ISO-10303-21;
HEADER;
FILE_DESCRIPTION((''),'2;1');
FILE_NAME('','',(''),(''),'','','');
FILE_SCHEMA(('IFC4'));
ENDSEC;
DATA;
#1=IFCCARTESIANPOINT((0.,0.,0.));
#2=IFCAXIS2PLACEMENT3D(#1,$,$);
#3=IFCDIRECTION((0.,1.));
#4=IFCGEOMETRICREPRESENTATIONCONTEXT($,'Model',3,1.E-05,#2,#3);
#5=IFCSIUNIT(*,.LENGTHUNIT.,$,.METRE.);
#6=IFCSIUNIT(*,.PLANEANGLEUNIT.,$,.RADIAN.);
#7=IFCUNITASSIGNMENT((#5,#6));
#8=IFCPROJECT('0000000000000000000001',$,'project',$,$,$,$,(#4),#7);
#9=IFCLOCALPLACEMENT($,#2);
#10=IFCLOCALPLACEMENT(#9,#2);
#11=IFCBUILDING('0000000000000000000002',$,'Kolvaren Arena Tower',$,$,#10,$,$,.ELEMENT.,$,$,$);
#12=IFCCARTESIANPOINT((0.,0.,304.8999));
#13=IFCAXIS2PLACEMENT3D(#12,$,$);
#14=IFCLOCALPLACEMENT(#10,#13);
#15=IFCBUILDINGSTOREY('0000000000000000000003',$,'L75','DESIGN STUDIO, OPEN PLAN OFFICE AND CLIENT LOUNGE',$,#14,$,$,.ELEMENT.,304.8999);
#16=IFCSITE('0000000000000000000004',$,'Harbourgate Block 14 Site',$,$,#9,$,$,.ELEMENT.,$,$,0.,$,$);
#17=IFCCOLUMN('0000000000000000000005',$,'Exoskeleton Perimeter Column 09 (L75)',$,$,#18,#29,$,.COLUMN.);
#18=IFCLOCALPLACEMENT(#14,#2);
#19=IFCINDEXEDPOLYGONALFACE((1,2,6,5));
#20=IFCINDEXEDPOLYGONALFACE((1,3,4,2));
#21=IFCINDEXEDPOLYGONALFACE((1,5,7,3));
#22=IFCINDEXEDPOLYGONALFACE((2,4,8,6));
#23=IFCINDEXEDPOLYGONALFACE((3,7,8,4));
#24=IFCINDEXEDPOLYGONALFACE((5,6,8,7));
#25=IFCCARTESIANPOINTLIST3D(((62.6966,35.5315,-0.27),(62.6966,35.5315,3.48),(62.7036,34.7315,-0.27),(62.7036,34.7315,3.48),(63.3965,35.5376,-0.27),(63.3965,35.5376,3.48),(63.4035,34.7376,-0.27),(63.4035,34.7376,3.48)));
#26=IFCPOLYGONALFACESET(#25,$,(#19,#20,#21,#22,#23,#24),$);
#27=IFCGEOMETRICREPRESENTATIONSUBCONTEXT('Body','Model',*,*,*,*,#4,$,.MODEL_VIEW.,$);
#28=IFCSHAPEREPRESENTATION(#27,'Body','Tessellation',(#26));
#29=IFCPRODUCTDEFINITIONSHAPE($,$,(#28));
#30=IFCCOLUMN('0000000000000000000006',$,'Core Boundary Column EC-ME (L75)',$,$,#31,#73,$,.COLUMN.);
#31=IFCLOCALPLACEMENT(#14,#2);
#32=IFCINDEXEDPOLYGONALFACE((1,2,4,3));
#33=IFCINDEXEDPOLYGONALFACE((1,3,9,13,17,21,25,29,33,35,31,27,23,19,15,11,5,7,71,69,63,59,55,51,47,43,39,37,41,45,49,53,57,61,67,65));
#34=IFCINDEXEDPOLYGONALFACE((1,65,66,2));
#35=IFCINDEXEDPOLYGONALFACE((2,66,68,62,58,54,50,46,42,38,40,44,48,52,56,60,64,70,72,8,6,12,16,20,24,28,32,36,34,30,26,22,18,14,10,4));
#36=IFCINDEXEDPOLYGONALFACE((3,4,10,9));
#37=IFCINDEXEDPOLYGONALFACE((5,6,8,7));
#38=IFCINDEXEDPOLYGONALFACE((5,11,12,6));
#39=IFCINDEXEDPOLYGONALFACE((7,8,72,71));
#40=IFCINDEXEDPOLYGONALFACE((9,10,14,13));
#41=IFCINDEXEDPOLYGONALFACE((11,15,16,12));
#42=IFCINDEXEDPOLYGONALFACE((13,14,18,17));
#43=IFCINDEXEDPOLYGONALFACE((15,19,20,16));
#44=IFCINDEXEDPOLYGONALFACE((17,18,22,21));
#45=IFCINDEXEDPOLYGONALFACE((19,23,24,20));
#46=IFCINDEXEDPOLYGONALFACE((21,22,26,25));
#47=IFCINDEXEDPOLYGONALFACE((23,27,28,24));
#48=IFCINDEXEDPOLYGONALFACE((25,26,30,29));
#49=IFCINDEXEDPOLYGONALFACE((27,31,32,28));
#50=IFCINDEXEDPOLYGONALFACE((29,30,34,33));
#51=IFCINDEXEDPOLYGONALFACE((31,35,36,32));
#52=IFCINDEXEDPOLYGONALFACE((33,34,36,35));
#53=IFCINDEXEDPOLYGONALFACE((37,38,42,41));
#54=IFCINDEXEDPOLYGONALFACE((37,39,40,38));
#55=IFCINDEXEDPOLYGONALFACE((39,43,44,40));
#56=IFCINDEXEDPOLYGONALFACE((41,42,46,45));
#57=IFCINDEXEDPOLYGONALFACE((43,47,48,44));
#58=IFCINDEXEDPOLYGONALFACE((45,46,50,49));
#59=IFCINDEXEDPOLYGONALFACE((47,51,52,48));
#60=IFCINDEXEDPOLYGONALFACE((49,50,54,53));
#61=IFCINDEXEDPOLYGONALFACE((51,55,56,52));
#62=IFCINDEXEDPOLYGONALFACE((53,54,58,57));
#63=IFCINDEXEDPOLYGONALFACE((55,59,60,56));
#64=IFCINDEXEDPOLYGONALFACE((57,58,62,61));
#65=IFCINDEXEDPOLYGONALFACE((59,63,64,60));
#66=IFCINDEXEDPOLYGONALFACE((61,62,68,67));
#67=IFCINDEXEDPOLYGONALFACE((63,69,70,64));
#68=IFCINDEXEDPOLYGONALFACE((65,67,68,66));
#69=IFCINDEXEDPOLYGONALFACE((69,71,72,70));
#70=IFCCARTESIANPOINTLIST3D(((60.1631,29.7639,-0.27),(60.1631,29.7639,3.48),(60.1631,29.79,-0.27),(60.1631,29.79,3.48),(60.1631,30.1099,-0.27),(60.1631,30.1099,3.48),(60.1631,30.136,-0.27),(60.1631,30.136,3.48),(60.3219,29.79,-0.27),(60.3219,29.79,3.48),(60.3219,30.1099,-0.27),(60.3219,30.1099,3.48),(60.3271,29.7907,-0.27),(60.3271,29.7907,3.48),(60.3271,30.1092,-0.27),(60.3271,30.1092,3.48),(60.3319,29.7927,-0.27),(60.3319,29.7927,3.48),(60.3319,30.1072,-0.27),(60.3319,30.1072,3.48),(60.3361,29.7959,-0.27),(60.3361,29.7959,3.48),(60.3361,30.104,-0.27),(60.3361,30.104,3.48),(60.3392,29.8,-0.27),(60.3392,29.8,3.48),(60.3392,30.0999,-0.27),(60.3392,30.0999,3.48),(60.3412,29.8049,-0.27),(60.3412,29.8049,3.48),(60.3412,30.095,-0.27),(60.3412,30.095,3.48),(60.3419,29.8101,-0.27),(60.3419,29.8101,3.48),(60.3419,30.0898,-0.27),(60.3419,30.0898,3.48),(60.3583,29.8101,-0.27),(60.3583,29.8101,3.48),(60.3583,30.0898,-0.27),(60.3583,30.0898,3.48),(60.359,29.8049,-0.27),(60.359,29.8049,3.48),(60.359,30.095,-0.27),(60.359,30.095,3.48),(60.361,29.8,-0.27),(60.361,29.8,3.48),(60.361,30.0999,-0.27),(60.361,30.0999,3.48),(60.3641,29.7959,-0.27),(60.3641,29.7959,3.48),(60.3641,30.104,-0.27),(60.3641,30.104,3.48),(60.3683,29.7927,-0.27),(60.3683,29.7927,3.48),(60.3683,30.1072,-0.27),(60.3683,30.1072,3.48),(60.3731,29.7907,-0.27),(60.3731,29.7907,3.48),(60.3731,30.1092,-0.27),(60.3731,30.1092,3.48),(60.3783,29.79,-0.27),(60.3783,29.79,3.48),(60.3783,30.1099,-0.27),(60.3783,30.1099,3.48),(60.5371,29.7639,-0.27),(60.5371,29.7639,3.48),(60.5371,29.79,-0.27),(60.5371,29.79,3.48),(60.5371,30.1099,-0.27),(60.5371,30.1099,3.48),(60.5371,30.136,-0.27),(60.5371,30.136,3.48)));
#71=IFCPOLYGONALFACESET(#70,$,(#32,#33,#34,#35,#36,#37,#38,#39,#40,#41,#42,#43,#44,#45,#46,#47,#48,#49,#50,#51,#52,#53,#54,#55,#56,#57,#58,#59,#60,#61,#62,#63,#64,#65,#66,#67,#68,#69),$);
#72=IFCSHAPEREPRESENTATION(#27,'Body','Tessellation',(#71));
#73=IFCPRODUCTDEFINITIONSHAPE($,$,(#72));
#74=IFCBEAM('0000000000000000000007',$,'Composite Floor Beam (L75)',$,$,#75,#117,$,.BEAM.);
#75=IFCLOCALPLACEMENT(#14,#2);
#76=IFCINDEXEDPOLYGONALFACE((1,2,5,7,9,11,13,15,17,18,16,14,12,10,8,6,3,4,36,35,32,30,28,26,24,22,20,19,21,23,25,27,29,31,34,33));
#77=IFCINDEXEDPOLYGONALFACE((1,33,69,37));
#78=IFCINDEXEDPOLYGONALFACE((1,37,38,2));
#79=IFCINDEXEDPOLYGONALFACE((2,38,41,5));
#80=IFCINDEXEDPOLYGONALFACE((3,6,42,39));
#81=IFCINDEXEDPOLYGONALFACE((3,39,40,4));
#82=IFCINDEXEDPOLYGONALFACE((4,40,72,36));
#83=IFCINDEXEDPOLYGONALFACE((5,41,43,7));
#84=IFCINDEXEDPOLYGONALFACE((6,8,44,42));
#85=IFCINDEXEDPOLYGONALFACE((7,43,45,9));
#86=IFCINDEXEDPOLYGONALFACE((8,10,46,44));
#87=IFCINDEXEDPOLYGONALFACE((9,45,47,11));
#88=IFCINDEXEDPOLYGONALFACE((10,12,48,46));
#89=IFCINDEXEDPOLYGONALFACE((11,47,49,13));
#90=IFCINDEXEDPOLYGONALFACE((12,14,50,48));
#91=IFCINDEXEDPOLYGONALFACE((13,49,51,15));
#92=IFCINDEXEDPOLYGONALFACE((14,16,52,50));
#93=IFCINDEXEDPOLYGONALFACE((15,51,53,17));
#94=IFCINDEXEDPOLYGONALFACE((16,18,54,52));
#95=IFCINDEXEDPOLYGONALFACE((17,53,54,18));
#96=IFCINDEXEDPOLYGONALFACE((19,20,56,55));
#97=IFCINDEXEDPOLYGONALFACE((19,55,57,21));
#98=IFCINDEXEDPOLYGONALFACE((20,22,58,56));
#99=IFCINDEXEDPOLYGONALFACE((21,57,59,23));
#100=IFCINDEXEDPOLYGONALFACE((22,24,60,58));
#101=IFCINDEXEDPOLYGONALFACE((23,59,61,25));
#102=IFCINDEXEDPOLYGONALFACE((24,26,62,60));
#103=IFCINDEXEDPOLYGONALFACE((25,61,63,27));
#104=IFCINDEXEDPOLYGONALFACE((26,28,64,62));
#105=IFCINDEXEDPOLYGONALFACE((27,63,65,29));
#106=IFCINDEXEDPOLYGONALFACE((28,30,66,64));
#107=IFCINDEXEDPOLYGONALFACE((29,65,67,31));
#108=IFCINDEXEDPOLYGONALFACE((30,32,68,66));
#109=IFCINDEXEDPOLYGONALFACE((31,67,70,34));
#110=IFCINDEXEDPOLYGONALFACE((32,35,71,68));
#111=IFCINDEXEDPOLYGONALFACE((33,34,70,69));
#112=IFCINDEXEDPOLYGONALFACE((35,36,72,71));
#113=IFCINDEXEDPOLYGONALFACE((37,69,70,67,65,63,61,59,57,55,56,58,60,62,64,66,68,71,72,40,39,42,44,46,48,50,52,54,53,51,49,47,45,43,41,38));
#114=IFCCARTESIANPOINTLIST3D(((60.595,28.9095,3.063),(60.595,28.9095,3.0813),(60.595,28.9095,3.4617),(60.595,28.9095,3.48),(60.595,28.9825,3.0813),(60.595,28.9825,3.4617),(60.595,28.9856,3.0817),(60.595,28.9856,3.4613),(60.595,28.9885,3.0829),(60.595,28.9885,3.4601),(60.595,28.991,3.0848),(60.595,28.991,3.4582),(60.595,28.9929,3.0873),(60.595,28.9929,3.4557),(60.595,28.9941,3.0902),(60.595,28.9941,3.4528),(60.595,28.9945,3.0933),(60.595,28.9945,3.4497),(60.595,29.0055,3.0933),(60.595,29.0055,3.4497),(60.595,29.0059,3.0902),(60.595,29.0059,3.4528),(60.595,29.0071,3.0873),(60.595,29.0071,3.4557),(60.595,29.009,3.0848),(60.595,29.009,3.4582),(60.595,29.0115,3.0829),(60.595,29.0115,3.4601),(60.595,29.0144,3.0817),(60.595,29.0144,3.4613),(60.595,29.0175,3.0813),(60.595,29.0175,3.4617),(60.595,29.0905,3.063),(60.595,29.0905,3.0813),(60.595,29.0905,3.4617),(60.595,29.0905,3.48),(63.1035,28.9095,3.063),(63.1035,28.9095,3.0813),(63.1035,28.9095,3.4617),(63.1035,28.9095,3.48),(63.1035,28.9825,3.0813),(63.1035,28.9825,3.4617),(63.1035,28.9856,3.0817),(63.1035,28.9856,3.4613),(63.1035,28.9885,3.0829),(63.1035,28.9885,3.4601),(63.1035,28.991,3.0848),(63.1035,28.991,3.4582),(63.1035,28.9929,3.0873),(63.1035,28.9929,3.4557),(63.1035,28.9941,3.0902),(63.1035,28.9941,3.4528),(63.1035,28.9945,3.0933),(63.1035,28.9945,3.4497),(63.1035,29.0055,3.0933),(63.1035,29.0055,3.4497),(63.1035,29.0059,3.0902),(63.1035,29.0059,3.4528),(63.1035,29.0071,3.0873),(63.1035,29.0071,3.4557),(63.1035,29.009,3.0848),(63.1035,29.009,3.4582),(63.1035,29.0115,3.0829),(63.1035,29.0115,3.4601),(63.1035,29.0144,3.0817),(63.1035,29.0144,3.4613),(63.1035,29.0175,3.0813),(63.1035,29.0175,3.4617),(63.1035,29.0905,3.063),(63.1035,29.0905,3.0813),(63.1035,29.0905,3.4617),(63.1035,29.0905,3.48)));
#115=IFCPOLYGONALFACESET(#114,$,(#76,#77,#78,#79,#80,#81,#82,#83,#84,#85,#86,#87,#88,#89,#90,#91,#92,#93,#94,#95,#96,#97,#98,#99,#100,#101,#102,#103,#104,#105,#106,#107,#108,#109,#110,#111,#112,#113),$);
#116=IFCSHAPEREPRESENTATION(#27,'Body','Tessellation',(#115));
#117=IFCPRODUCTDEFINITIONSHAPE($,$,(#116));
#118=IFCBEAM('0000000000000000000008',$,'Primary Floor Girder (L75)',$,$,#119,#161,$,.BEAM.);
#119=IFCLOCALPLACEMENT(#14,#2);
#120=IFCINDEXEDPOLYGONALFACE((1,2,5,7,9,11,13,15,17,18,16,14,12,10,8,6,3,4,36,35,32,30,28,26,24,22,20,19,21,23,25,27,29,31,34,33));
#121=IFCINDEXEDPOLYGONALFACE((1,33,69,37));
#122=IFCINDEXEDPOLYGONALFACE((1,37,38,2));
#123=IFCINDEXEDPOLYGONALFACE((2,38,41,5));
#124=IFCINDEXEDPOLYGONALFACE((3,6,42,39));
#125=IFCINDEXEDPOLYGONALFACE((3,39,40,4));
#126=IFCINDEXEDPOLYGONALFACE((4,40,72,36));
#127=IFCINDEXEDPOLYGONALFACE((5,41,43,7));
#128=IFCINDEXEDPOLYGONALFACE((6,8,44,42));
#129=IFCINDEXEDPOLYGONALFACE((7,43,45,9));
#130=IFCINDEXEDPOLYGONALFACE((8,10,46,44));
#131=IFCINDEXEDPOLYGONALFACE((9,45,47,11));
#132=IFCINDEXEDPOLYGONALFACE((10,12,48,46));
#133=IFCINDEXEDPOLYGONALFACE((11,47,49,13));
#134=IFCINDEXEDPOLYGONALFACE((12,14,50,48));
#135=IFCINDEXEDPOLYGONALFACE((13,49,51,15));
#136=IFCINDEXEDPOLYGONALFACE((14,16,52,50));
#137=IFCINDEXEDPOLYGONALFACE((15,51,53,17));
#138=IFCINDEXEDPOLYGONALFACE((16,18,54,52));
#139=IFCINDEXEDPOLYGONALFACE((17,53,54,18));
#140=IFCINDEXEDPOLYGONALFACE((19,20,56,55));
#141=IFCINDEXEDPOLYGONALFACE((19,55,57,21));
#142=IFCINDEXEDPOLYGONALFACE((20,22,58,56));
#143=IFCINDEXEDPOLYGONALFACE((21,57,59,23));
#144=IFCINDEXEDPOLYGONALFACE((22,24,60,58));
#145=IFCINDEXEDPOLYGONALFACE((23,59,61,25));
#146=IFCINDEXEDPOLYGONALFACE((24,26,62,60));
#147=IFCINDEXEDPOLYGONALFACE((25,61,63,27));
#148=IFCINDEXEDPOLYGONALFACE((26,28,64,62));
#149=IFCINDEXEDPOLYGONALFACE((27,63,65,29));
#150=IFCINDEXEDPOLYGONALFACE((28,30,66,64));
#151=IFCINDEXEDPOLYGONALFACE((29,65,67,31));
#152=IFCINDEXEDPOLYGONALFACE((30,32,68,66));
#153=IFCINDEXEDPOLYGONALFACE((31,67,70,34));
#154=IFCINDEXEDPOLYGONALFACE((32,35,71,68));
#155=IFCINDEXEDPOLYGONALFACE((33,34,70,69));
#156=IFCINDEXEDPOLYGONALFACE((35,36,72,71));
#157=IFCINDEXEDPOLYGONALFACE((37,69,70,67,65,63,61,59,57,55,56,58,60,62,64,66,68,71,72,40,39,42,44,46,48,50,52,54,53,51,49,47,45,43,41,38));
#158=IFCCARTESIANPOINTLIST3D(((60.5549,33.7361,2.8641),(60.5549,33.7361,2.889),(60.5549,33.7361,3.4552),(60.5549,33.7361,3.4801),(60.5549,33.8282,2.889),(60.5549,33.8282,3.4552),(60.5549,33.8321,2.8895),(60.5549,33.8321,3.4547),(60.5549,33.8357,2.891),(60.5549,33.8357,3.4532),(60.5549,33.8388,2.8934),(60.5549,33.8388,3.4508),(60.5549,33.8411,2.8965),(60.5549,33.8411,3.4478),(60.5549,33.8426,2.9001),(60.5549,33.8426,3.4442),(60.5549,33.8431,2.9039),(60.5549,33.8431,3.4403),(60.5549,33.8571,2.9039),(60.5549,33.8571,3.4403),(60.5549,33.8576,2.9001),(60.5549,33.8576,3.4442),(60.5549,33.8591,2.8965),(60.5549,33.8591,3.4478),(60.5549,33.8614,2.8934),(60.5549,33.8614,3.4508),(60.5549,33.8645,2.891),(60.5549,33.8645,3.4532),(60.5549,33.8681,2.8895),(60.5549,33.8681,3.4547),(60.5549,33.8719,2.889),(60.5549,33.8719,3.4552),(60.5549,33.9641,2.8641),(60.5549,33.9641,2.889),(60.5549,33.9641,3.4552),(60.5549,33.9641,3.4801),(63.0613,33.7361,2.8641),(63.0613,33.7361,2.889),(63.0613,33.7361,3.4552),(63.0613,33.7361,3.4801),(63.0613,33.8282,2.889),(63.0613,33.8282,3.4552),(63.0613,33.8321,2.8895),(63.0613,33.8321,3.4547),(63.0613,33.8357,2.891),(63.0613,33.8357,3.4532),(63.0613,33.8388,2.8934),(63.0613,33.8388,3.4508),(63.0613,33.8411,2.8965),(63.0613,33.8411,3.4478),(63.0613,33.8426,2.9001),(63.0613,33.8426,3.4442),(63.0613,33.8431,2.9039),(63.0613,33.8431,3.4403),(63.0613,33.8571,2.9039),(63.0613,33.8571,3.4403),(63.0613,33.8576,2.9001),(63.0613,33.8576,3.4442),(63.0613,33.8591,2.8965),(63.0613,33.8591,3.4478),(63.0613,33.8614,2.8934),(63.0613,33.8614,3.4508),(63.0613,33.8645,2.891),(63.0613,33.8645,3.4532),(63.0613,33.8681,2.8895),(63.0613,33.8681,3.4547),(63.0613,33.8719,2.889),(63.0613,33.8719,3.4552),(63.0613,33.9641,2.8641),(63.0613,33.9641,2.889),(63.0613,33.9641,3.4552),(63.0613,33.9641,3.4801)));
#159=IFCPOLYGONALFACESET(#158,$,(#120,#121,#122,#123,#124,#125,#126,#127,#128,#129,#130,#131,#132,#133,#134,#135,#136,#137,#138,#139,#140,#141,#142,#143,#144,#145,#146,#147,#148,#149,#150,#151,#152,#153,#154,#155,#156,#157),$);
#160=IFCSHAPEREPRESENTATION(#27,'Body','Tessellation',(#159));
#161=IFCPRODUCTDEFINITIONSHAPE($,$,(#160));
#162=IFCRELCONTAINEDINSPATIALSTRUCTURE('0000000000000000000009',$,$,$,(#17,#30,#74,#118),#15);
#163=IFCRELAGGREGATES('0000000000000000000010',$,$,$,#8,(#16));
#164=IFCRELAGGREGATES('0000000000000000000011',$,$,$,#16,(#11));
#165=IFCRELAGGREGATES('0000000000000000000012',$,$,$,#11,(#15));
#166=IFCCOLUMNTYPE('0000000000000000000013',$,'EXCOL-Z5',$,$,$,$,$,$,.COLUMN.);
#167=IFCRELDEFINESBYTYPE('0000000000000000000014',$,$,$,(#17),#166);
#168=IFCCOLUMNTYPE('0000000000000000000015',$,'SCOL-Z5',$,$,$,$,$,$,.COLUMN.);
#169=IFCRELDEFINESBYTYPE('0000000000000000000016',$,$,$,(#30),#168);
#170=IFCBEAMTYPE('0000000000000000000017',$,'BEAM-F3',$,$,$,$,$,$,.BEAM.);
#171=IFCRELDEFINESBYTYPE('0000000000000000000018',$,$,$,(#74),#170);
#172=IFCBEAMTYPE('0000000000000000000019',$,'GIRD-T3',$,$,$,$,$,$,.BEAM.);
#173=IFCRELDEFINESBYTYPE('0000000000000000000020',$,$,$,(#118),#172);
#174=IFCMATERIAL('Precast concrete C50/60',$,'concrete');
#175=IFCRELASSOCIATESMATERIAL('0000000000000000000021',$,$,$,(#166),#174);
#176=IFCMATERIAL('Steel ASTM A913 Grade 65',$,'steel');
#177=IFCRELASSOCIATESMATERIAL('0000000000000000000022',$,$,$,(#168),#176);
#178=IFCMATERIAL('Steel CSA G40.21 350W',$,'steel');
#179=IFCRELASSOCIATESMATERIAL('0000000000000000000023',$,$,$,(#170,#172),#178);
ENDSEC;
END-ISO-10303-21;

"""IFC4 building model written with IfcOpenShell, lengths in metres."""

from ifc_helpers import new_model, si_unit, direction, frame, origin, origin_2d, place, context, subcontext, project, spatial, rectangle, i_section, extrude, material, material_profile, profile_set, type_object, element, save


model = new_model("IFC4")

# Units and contexts
model_context = context("Model", 3, precision=1e-05, world=origin(), true_north=direction((0.0, 1.0)))
body_context = subcontext(model_context, "Body", "Model", "MODEL_VIEW")
ifc_project = project(units=[si_unit("LENGTHUNIT", "METRE"), si_unit("PLANEANGLEUNIT", "RADIAN")], contexts=[model_context])

# Site, building, storey
site_placement = place(None, origin())
site = spatial("IfcSite", under=ifc_project, at=site_placement, Name="Harbourgate Block 14 Site", CompositionType="ELEMENT", RefElevation=0.0)
building_placement = place(site_placement, origin())
building = spatial("IfcBuilding", under=site, at=building_placement, Name="Kolvaren Arena Tower", CompositionType="ELEMENT")
storey_placement = place(building_placement, frame((0.0, 0.0, 304.8999)))
storey = spatial("IfcBuildingStorey", under=building, at=storey_placement, Name="L75", Description="DESIGN STUDIO, OPEN PLAN OFFICE AND CLIENT LOUNGE", CompositionType="ELEMENT", Elevation=304.8999)

# Columns
ifc_material_1 = material(Name="Precast concrete C50/60", Category="concrete")
ifc_material_profile_1 = material_profile(ifc_material_1, rectangle(XDim=0.8, YDim=0.7, at=origin_2d()), Name="RC-800x700")
ifc_profile_set_1 = profile_set([ifc_material_profile_1], Name="Precast concrete C50/60")
column_type_1 = type_object("IfcColumnType", Name="EXCOL-Z5", PredefinedType="COLUMN", material=ifc_profile_set_1)
column_1_placement = place(storey_placement, frame((63.05, 35.1345, -0.27), z_axis=(0.0, 0.0, 1.0), x_axis=(-0.008727, 0.999962, 0.0)))
element("IfcColumn", 1, at=column_1_placement, inside=storey, type_object=column_type_1, Name="Exoskeleton Perimeter Column 09 (L75)", PredefinedType="COLUMN", context=body_context, shape_type="SweptSolid", body=[
    extrude(rectangle(XDim=0.8, YDim=0.7, at=origin_2d()), origin(), (0.0, 0.0, 1.0), 3.75),
])
ifc_material_2 = material(Name="Steel ASTM A913 Grade 65", Category="steel")
ifc_material_profile_2 = material_profile(ifc_material_2, i_section(OverallWidth=0.374, OverallDepth=0.3721, WebThickness=0.0164, FlangeThickness=0.0261, FilletRadius=0.02, at=origin_2d()), Name="W360x196")
ifc_profile_set_2 = profile_set([ifc_material_profile_2], Name="Steel ASTM A913 Grade 65")
column_type_2 = type_object("IfcColumnType", Name="SCOL-Z5", PredefinedType="COLUMN", material=ifc_profile_set_2)
column_2_placement = place(storey_placement, frame((60.3501, 29.95, -0.27), z_axis=(0.0, 0.0, 1.0), x_axis=(1.0, 0.0, 0.0)))
element("IfcColumn", 2, at=column_2_placement, inside=storey, type_object=column_type_2, Name="Core Boundary Column EC-ME (L75)", PredefinedType="COLUMN", context=body_context, shape_type="SweptSolid", body=[
    extrude(i_section(OverallWidth=0.374, OverallDepth=0.3721, WebThickness=0.0164, FlangeThickness=0.0261, FilletRadius=0.02, at=origin_2d()), origin(), (0.0, 0.0, 1.0), 3.75),
])

# Beams
ifc_material_3 = material(Name="Steel CSA G40.21 350W", Category="steel")
ifc_material_profile_3 = material_profile(ifc_material_3, i_section(OverallWidth=0.1809, OverallDepth=0.417, WebThickness=0.011, FlangeThickness=0.0183, FilletRadius=0.012, at=origin_2d()), Name="W410x85")
ifc_profile_set_3 = profile_set([ifc_material_profile_3], Name="Steel CSA G40.21 350W")
beam_type_1 = type_object("IfcBeamType", Name="BEAM-F3", PredefinedType="BEAM", material=ifc_profile_set_3)
beam_1_placement = place(storey_placement, frame((60.595, 29.0, 3.2715), z_axis=(1.0, 0.0, 0.0), x_axis=(0.0, 1.0, 0.0)))
element("IfcBeam", 3, at=beam_1_placement, inside=storey, type_object=beam_type_1, Name="Composite Floor Beam (L75)", PredefinedType="BEAM", context=body_context, shape_type="SweptSolid", body=[
    extrude(i_section(OverallWidth=0.1809, OverallDepth=0.417, WebThickness=0.011, FlangeThickness=0.0183, FilletRadius=0.012, at=origin_2d()), origin(), (0.0, 0.0, 1.0), 2.5085),
])
ifc_material_profile_4 = material_profile(ifc_material_3, i_section(OverallWidth=0.228, OverallDepth=0.616, WebThickness=0.0139, FlangeThickness=0.0249, FilletRadius=0.0149, at=origin_2d()), Name="W610x174")
ifc_profile_set_4 = profile_set([ifc_material_profile_4], Name="Steel CSA G40.21 350W")
beam_type_2 = type_object("IfcBeamType", Name="GIRD-T3", PredefinedType="BEAM", material=ifc_profile_set_4)
beam_2_placement = place(storey_placement, frame((60.5549, 33.8501, 3.1721), z_axis=(1.0, 0.0, 0.0), x_axis=(0.0, 1.0, 0.0)))
element("IfcBeam", 4, at=beam_2_placement, inside=storey, type_object=beam_type_2, Name="Primary Floor Girder (L75)", PredefinedType="BEAM", context=body_context, shape_type="SweptSolid", body=[
    extrude(i_section(OverallWidth=0.228, OverallDepth=0.616, WebThickness=0.0139, FlangeThickness=0.0249, FilletRadius=0.0149, at=origin_2d()), origin(), (0.0, 0.0, 1.0), 2.5063),
])

save(model, "model.ifc")
